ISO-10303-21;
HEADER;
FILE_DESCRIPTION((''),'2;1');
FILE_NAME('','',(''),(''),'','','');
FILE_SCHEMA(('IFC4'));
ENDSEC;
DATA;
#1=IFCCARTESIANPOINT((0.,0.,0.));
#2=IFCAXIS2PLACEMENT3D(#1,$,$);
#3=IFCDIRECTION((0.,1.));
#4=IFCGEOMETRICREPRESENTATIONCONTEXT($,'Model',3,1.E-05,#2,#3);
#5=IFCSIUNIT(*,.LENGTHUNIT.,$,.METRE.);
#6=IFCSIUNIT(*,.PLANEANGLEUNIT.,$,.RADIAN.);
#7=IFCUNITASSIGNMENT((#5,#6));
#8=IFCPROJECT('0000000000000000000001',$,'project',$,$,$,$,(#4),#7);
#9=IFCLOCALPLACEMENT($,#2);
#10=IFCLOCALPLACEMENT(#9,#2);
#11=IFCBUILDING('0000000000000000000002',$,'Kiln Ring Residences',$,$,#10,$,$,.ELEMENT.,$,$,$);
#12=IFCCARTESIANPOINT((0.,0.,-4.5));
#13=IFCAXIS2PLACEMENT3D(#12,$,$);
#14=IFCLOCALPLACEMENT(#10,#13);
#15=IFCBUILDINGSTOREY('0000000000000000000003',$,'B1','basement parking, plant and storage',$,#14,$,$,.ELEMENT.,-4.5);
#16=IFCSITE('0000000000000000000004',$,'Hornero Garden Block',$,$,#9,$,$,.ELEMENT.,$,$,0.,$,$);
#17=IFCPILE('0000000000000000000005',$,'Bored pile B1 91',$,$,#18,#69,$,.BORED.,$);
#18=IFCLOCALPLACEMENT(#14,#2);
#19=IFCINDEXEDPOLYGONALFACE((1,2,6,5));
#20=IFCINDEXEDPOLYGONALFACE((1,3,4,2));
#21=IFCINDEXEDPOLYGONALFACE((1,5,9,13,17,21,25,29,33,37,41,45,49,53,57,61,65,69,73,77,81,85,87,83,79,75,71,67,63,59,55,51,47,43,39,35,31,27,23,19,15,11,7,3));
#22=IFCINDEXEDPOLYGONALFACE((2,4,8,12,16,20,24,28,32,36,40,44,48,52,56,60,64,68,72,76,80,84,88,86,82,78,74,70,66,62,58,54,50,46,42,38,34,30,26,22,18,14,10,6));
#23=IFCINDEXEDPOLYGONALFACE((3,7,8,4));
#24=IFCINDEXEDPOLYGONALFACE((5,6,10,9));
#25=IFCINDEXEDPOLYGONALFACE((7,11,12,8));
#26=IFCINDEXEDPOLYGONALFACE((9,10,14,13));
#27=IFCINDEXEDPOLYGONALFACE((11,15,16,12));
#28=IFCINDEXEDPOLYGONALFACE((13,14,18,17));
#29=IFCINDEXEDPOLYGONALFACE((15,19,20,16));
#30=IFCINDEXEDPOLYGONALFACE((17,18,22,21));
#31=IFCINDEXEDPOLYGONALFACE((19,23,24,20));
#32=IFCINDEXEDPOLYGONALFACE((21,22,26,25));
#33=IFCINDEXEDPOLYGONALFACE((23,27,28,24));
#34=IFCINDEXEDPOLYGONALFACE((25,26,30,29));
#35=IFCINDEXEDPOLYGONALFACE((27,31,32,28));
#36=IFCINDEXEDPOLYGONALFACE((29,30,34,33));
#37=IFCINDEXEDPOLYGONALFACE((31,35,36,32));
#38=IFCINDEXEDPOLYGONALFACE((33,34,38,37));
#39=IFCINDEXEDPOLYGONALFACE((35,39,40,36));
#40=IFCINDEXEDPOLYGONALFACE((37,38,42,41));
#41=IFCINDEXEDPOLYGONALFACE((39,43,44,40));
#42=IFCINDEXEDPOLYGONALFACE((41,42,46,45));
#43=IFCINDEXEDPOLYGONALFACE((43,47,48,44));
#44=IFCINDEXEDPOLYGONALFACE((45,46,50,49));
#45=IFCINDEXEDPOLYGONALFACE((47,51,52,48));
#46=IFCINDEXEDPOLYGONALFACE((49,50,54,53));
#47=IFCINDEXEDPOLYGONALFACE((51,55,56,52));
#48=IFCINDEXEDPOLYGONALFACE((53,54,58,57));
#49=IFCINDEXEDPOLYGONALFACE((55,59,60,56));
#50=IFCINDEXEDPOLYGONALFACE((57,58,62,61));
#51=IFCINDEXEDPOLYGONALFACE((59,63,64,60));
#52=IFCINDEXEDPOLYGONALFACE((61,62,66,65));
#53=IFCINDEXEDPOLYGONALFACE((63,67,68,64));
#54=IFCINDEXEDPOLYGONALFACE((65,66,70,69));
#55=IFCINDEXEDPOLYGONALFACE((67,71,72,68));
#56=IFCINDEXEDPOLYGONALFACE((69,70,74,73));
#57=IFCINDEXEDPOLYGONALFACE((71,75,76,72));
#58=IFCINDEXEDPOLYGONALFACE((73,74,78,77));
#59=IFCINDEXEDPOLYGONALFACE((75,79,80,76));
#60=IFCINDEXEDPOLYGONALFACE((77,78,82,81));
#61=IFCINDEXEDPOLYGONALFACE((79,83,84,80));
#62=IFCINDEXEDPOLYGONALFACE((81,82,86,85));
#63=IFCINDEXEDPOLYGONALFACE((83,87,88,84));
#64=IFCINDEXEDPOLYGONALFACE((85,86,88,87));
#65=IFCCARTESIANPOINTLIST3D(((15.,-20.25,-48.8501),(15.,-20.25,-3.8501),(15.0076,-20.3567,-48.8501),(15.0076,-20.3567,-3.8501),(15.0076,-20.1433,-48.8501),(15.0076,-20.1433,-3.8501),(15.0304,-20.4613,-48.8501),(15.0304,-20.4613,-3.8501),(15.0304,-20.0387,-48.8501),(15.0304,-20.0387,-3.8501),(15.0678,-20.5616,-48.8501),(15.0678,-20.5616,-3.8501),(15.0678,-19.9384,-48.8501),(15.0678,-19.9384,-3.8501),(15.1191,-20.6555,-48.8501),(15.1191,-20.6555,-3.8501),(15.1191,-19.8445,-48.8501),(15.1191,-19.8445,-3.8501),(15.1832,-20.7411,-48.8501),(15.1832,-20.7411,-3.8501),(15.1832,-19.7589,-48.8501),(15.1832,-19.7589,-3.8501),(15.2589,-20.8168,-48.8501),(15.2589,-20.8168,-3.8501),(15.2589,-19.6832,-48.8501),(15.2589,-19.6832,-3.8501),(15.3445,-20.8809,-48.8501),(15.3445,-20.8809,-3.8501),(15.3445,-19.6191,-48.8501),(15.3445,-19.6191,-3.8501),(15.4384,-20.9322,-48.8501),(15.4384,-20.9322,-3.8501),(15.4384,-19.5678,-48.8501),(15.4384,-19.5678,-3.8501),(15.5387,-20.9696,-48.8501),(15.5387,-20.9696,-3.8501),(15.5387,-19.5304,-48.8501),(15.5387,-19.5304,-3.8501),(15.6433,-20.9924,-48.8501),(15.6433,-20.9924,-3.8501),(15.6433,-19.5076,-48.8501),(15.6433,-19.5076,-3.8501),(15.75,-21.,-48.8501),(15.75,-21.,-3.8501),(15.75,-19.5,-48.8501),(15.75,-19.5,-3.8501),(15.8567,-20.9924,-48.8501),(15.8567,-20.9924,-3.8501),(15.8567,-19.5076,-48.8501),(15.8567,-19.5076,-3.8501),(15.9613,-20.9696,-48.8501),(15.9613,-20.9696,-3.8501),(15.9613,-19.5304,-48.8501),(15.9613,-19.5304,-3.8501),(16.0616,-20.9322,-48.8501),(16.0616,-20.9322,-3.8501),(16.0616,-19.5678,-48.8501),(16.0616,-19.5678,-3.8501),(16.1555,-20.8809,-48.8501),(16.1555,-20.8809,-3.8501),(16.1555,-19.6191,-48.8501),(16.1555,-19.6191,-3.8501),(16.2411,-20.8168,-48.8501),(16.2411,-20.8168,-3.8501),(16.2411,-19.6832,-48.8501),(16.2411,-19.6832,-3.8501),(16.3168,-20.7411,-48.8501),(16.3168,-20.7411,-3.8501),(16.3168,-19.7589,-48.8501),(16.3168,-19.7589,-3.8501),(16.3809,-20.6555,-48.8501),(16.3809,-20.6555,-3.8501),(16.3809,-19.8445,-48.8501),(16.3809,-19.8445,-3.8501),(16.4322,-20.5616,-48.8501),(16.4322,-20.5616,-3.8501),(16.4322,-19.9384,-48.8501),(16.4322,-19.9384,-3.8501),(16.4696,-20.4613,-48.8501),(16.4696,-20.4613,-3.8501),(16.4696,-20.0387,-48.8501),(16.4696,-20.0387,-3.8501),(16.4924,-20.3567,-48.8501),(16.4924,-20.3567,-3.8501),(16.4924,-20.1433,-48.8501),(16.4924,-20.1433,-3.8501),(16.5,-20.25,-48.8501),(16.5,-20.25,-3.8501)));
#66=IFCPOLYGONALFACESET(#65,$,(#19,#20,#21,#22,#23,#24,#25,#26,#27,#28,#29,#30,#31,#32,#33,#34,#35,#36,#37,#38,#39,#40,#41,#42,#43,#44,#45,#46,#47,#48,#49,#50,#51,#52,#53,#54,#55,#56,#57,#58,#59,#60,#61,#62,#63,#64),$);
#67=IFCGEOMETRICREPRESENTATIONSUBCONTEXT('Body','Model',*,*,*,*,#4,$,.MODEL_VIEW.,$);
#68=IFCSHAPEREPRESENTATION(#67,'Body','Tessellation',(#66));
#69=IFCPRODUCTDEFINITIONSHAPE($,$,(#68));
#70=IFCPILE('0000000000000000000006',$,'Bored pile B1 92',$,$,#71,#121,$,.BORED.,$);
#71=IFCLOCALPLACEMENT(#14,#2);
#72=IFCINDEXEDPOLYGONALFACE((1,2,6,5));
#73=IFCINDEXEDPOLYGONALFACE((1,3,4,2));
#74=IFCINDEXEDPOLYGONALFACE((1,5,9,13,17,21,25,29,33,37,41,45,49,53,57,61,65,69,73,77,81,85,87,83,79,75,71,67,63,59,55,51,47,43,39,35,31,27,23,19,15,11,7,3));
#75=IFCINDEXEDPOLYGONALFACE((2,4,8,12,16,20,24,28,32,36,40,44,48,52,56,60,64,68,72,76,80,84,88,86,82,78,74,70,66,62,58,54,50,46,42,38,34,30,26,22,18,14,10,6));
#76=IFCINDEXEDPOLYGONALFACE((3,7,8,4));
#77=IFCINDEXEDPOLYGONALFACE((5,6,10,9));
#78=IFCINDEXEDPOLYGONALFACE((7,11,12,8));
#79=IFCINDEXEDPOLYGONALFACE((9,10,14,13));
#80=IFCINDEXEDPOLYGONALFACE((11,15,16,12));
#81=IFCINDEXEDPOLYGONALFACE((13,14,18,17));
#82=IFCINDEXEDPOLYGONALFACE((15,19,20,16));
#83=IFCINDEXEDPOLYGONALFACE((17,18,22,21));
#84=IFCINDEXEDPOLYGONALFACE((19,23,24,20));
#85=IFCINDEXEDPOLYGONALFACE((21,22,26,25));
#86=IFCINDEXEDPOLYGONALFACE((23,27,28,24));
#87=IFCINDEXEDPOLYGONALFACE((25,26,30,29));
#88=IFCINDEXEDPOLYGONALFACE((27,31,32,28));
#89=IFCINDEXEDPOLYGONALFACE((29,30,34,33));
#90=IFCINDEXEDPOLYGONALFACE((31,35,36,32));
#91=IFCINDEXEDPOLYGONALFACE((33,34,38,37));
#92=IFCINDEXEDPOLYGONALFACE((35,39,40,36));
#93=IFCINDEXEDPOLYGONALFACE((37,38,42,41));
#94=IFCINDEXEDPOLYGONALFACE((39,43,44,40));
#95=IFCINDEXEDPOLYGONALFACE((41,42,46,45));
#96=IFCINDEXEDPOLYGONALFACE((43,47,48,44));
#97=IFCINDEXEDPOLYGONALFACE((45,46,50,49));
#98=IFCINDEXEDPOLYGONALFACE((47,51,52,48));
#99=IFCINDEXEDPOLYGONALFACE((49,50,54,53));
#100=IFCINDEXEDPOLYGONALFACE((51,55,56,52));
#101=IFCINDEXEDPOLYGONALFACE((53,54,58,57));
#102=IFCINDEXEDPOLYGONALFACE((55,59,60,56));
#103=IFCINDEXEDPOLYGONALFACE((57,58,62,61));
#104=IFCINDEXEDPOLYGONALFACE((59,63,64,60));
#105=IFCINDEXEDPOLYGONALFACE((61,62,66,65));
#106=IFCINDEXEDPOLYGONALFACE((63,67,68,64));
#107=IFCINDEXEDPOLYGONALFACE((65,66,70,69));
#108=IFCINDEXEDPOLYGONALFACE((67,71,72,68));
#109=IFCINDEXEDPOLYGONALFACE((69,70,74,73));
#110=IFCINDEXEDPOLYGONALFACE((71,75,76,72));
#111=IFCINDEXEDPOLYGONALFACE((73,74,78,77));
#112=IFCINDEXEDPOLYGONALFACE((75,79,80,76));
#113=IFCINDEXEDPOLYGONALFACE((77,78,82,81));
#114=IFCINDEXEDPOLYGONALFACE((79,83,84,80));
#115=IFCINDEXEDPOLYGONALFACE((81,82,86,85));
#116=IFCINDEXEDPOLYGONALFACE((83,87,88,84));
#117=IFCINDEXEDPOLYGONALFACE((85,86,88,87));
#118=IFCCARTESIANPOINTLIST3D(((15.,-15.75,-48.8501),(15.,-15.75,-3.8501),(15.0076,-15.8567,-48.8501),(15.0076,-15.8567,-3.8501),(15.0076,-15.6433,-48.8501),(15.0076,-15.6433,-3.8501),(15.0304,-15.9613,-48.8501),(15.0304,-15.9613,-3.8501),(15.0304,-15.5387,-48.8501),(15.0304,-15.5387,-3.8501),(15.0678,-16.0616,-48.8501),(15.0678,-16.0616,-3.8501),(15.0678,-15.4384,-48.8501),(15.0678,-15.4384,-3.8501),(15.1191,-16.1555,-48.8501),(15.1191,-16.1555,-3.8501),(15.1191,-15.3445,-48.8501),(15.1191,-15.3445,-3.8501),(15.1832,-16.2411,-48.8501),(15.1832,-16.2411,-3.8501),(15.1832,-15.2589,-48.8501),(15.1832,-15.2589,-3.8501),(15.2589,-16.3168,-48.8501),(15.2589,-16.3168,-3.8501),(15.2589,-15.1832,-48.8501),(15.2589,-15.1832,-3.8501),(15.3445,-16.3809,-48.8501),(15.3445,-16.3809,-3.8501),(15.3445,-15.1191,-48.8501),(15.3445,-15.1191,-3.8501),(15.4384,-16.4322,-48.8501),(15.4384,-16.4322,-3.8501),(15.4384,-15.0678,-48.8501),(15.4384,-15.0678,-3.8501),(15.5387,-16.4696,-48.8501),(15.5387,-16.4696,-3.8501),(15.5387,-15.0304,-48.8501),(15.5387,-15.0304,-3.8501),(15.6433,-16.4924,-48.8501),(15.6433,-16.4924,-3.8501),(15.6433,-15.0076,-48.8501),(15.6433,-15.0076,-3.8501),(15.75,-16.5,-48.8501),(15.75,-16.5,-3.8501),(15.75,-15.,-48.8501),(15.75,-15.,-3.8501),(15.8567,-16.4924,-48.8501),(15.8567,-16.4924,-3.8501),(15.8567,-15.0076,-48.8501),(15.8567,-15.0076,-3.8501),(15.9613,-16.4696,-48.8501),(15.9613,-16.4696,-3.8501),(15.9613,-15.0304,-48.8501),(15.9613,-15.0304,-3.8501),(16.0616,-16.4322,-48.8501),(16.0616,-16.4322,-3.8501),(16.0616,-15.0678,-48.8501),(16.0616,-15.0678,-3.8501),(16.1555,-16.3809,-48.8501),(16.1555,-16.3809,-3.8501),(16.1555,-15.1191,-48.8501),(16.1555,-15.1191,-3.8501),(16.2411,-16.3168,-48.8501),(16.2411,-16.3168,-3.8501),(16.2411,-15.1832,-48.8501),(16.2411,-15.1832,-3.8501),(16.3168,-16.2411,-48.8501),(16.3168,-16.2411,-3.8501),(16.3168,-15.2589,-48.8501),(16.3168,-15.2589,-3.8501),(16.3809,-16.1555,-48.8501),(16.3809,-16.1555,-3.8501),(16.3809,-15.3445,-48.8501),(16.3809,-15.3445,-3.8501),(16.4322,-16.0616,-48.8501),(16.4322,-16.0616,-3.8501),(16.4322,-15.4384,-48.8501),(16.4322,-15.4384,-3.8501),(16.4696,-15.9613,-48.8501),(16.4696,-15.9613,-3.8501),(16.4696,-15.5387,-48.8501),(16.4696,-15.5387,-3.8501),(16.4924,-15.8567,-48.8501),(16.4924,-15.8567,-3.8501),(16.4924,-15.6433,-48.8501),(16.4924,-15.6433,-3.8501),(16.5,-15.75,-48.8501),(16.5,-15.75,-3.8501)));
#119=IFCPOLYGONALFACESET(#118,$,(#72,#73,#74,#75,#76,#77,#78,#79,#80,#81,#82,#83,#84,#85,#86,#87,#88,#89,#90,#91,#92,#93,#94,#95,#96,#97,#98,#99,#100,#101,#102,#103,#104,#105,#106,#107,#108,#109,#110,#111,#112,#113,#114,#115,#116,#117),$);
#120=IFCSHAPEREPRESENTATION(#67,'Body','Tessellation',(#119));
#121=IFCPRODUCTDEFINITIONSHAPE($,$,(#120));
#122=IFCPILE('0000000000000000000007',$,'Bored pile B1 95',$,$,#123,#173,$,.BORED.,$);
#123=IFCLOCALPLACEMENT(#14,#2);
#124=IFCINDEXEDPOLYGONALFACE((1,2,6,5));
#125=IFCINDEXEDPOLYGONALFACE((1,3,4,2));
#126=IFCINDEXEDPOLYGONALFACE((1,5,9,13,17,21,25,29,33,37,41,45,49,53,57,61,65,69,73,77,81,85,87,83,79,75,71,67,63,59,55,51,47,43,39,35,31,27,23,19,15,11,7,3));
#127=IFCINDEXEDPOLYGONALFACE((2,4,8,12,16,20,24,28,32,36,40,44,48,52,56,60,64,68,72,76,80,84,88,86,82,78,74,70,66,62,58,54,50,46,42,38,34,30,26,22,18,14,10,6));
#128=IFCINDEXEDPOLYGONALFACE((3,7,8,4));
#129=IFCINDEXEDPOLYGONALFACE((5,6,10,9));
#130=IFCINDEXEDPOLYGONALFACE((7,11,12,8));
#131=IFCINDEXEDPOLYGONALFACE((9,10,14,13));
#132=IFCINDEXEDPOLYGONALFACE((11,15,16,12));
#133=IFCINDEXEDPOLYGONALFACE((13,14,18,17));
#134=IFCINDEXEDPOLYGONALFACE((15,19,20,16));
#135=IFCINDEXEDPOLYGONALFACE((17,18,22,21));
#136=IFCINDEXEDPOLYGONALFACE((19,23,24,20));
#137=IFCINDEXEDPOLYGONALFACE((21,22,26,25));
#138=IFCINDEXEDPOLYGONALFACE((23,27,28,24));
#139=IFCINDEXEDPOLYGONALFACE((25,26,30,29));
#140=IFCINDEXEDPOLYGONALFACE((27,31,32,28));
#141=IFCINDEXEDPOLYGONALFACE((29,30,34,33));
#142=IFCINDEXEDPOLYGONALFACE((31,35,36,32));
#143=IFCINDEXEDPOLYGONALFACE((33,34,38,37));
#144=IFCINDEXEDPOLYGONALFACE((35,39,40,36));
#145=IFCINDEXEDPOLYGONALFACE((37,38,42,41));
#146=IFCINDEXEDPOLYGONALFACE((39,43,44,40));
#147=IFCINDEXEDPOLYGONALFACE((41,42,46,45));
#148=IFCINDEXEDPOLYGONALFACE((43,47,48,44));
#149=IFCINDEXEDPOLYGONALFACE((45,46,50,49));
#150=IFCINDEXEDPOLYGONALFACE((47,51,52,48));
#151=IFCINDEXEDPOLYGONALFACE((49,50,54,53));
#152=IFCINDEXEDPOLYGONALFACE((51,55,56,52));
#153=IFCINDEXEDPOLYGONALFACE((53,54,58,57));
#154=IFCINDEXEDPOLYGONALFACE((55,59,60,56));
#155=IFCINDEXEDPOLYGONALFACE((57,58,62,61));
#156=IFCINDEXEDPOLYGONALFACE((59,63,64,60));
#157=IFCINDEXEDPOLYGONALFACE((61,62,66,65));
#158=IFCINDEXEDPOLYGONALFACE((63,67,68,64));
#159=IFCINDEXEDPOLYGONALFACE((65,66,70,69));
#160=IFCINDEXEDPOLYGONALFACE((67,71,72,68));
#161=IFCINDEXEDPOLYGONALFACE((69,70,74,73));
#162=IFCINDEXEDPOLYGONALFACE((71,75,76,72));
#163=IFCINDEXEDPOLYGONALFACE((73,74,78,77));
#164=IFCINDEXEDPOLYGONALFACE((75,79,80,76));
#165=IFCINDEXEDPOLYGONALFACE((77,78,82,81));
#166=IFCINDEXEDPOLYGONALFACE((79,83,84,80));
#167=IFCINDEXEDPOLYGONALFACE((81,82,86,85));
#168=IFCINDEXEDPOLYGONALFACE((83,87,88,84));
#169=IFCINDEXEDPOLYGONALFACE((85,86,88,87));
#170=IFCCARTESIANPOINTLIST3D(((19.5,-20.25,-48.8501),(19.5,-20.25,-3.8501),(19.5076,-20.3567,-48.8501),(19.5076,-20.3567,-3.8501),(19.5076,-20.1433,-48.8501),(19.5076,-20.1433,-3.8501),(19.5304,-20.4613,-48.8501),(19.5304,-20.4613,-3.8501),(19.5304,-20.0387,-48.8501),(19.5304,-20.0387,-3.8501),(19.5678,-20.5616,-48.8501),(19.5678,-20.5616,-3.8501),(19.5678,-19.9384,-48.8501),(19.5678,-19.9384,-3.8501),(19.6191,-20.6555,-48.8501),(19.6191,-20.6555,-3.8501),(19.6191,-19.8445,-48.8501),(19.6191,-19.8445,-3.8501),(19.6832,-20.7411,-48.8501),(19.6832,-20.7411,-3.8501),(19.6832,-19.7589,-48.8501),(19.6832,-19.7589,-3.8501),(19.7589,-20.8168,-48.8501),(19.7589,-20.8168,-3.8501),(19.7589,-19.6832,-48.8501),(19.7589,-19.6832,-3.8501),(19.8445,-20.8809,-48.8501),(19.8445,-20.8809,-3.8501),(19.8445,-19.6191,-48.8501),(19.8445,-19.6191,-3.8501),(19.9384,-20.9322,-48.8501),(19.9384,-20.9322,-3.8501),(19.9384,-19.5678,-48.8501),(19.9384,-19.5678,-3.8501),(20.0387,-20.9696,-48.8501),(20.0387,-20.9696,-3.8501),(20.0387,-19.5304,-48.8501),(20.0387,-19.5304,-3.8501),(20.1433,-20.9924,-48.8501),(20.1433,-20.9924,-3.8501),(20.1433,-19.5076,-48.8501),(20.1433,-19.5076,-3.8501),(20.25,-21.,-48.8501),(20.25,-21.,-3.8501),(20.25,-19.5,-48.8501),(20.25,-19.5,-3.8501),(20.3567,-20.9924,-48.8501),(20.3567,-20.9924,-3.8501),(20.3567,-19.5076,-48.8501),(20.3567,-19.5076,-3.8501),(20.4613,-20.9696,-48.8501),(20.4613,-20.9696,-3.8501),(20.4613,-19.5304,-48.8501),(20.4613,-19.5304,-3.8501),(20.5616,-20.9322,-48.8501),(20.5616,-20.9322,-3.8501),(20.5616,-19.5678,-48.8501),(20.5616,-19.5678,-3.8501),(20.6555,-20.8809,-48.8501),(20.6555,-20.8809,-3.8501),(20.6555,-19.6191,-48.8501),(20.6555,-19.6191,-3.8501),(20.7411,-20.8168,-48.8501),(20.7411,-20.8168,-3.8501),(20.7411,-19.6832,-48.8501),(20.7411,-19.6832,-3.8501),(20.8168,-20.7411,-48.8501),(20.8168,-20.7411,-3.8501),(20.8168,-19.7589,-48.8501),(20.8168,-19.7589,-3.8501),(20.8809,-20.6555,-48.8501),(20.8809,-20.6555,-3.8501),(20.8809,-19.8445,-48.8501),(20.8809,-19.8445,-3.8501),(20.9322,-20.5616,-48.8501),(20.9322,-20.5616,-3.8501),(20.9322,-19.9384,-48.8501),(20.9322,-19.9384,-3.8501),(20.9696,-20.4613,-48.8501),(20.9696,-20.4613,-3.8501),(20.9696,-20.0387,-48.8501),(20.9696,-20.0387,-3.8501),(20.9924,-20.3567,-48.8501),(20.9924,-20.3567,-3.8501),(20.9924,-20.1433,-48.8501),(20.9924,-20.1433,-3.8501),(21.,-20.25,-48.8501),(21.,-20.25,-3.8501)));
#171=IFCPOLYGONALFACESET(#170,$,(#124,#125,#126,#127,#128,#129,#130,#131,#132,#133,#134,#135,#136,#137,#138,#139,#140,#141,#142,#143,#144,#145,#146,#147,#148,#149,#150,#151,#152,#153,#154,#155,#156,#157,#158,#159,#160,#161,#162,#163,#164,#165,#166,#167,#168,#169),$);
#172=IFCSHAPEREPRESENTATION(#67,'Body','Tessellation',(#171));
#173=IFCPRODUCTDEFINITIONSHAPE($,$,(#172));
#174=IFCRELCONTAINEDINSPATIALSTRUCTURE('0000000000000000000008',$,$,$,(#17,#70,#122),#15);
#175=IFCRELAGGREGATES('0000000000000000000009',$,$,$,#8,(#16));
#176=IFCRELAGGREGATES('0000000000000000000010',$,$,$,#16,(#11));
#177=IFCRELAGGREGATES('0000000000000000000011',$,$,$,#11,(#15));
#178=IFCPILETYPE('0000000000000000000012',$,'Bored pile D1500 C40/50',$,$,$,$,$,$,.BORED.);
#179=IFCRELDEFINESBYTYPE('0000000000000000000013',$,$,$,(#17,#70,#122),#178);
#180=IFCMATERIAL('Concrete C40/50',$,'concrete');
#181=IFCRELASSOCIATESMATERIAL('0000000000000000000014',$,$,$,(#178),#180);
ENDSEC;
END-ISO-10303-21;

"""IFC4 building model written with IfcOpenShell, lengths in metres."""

from ifc_helpers import new_model, si_unit, direction, frame, origin, origin_2d, place, context, subcontext, project, spatial, circle, extrude, material, material_profile, profile_set, type_object, element, save


model = new_model("IFC4")

# Units and contexts
model_context = context("Model", 3, precision=1e-05, world=origin(), true_north=direction((0.0, 1.0)))
body_context = subcontext(model_context, "Body", "Model", "MODEL_VIEW")
ifc_project = project(units=[si_unit("LENGTHUNIT", "METRE"), si_unit("PLANEANGLEUNIT", "RADIAN")], contexts=[model_context])

# Site, building, storey
site_placement = place(None, origin())
site = spatial("IfcSite", under=ifc_project, at=site_placement, Name="Hornero Garden Block", CompositionType="ELEMENT", RefElevation=0.0)
building_placement = place(site_placement, origin())
building = spatial("IfcBuilding", under=site, at=building_placement, Name="Kiln Ring Residences", CompositionType="ELEMENT")
storey_placement = place(building_placement, frame((0.0, 0.0, -4.5)))
storey = spatial("IfcBuildingStorey", under=building, at=storey_placement, Name="B1", Description="basement parking, plant and storage", CompositionType="ELEMENT", Elevation=-4.5)

# Piles
ifc_material_1 = material(Name="Concrete C40/50", Category="concrete")
ifc_material_profile = material_profile(ifc_material_1, circle(Radius=0.75, at=origin_2d()), Name="BORED1500")
ifc_profile_set = profile_set([ifc_material_profile], Name="Concrete C40/50")
pile_type = type_object("IfcPileType", Name="Bored pile D1500 C40/50", PredefinedType="BORED", material=ifc_profile_set)
for number, where, z_axis, x_axis, name in (
    (1, (15.75, -20.25, -3.8501), (0.0, 0.0, -1.0), (1.0, 0.0, 0.0), "Bored pile B1 91"),
    (2, (15.75, -15.75, -3.8501), (0.0, 0.0, -1.0), (1.0, 0.0, 0.0), "Bored pile B1 92"),
    (3, (20.25, -20.25, -3.8501), (0.0, 0.0, -1.0), (1.0, 0.0, 0.0), "Bored pile B1 95"),
):
    element("IfcPile", number, at=place(storey_placement, frame(where, z_axis=z_axis, x_axis=x_axis)), inside=storey, type_object=pile_type, Name=name, PredefinedType="BORED", context=body_context, shape_type="SweptSolid", body=[
        extrude(circle(Radius=0.75, at=origin_2d()), origin(), (0.0, 0.0, 1.0), 45.0),
    ])

save(model, "model.ifc")
